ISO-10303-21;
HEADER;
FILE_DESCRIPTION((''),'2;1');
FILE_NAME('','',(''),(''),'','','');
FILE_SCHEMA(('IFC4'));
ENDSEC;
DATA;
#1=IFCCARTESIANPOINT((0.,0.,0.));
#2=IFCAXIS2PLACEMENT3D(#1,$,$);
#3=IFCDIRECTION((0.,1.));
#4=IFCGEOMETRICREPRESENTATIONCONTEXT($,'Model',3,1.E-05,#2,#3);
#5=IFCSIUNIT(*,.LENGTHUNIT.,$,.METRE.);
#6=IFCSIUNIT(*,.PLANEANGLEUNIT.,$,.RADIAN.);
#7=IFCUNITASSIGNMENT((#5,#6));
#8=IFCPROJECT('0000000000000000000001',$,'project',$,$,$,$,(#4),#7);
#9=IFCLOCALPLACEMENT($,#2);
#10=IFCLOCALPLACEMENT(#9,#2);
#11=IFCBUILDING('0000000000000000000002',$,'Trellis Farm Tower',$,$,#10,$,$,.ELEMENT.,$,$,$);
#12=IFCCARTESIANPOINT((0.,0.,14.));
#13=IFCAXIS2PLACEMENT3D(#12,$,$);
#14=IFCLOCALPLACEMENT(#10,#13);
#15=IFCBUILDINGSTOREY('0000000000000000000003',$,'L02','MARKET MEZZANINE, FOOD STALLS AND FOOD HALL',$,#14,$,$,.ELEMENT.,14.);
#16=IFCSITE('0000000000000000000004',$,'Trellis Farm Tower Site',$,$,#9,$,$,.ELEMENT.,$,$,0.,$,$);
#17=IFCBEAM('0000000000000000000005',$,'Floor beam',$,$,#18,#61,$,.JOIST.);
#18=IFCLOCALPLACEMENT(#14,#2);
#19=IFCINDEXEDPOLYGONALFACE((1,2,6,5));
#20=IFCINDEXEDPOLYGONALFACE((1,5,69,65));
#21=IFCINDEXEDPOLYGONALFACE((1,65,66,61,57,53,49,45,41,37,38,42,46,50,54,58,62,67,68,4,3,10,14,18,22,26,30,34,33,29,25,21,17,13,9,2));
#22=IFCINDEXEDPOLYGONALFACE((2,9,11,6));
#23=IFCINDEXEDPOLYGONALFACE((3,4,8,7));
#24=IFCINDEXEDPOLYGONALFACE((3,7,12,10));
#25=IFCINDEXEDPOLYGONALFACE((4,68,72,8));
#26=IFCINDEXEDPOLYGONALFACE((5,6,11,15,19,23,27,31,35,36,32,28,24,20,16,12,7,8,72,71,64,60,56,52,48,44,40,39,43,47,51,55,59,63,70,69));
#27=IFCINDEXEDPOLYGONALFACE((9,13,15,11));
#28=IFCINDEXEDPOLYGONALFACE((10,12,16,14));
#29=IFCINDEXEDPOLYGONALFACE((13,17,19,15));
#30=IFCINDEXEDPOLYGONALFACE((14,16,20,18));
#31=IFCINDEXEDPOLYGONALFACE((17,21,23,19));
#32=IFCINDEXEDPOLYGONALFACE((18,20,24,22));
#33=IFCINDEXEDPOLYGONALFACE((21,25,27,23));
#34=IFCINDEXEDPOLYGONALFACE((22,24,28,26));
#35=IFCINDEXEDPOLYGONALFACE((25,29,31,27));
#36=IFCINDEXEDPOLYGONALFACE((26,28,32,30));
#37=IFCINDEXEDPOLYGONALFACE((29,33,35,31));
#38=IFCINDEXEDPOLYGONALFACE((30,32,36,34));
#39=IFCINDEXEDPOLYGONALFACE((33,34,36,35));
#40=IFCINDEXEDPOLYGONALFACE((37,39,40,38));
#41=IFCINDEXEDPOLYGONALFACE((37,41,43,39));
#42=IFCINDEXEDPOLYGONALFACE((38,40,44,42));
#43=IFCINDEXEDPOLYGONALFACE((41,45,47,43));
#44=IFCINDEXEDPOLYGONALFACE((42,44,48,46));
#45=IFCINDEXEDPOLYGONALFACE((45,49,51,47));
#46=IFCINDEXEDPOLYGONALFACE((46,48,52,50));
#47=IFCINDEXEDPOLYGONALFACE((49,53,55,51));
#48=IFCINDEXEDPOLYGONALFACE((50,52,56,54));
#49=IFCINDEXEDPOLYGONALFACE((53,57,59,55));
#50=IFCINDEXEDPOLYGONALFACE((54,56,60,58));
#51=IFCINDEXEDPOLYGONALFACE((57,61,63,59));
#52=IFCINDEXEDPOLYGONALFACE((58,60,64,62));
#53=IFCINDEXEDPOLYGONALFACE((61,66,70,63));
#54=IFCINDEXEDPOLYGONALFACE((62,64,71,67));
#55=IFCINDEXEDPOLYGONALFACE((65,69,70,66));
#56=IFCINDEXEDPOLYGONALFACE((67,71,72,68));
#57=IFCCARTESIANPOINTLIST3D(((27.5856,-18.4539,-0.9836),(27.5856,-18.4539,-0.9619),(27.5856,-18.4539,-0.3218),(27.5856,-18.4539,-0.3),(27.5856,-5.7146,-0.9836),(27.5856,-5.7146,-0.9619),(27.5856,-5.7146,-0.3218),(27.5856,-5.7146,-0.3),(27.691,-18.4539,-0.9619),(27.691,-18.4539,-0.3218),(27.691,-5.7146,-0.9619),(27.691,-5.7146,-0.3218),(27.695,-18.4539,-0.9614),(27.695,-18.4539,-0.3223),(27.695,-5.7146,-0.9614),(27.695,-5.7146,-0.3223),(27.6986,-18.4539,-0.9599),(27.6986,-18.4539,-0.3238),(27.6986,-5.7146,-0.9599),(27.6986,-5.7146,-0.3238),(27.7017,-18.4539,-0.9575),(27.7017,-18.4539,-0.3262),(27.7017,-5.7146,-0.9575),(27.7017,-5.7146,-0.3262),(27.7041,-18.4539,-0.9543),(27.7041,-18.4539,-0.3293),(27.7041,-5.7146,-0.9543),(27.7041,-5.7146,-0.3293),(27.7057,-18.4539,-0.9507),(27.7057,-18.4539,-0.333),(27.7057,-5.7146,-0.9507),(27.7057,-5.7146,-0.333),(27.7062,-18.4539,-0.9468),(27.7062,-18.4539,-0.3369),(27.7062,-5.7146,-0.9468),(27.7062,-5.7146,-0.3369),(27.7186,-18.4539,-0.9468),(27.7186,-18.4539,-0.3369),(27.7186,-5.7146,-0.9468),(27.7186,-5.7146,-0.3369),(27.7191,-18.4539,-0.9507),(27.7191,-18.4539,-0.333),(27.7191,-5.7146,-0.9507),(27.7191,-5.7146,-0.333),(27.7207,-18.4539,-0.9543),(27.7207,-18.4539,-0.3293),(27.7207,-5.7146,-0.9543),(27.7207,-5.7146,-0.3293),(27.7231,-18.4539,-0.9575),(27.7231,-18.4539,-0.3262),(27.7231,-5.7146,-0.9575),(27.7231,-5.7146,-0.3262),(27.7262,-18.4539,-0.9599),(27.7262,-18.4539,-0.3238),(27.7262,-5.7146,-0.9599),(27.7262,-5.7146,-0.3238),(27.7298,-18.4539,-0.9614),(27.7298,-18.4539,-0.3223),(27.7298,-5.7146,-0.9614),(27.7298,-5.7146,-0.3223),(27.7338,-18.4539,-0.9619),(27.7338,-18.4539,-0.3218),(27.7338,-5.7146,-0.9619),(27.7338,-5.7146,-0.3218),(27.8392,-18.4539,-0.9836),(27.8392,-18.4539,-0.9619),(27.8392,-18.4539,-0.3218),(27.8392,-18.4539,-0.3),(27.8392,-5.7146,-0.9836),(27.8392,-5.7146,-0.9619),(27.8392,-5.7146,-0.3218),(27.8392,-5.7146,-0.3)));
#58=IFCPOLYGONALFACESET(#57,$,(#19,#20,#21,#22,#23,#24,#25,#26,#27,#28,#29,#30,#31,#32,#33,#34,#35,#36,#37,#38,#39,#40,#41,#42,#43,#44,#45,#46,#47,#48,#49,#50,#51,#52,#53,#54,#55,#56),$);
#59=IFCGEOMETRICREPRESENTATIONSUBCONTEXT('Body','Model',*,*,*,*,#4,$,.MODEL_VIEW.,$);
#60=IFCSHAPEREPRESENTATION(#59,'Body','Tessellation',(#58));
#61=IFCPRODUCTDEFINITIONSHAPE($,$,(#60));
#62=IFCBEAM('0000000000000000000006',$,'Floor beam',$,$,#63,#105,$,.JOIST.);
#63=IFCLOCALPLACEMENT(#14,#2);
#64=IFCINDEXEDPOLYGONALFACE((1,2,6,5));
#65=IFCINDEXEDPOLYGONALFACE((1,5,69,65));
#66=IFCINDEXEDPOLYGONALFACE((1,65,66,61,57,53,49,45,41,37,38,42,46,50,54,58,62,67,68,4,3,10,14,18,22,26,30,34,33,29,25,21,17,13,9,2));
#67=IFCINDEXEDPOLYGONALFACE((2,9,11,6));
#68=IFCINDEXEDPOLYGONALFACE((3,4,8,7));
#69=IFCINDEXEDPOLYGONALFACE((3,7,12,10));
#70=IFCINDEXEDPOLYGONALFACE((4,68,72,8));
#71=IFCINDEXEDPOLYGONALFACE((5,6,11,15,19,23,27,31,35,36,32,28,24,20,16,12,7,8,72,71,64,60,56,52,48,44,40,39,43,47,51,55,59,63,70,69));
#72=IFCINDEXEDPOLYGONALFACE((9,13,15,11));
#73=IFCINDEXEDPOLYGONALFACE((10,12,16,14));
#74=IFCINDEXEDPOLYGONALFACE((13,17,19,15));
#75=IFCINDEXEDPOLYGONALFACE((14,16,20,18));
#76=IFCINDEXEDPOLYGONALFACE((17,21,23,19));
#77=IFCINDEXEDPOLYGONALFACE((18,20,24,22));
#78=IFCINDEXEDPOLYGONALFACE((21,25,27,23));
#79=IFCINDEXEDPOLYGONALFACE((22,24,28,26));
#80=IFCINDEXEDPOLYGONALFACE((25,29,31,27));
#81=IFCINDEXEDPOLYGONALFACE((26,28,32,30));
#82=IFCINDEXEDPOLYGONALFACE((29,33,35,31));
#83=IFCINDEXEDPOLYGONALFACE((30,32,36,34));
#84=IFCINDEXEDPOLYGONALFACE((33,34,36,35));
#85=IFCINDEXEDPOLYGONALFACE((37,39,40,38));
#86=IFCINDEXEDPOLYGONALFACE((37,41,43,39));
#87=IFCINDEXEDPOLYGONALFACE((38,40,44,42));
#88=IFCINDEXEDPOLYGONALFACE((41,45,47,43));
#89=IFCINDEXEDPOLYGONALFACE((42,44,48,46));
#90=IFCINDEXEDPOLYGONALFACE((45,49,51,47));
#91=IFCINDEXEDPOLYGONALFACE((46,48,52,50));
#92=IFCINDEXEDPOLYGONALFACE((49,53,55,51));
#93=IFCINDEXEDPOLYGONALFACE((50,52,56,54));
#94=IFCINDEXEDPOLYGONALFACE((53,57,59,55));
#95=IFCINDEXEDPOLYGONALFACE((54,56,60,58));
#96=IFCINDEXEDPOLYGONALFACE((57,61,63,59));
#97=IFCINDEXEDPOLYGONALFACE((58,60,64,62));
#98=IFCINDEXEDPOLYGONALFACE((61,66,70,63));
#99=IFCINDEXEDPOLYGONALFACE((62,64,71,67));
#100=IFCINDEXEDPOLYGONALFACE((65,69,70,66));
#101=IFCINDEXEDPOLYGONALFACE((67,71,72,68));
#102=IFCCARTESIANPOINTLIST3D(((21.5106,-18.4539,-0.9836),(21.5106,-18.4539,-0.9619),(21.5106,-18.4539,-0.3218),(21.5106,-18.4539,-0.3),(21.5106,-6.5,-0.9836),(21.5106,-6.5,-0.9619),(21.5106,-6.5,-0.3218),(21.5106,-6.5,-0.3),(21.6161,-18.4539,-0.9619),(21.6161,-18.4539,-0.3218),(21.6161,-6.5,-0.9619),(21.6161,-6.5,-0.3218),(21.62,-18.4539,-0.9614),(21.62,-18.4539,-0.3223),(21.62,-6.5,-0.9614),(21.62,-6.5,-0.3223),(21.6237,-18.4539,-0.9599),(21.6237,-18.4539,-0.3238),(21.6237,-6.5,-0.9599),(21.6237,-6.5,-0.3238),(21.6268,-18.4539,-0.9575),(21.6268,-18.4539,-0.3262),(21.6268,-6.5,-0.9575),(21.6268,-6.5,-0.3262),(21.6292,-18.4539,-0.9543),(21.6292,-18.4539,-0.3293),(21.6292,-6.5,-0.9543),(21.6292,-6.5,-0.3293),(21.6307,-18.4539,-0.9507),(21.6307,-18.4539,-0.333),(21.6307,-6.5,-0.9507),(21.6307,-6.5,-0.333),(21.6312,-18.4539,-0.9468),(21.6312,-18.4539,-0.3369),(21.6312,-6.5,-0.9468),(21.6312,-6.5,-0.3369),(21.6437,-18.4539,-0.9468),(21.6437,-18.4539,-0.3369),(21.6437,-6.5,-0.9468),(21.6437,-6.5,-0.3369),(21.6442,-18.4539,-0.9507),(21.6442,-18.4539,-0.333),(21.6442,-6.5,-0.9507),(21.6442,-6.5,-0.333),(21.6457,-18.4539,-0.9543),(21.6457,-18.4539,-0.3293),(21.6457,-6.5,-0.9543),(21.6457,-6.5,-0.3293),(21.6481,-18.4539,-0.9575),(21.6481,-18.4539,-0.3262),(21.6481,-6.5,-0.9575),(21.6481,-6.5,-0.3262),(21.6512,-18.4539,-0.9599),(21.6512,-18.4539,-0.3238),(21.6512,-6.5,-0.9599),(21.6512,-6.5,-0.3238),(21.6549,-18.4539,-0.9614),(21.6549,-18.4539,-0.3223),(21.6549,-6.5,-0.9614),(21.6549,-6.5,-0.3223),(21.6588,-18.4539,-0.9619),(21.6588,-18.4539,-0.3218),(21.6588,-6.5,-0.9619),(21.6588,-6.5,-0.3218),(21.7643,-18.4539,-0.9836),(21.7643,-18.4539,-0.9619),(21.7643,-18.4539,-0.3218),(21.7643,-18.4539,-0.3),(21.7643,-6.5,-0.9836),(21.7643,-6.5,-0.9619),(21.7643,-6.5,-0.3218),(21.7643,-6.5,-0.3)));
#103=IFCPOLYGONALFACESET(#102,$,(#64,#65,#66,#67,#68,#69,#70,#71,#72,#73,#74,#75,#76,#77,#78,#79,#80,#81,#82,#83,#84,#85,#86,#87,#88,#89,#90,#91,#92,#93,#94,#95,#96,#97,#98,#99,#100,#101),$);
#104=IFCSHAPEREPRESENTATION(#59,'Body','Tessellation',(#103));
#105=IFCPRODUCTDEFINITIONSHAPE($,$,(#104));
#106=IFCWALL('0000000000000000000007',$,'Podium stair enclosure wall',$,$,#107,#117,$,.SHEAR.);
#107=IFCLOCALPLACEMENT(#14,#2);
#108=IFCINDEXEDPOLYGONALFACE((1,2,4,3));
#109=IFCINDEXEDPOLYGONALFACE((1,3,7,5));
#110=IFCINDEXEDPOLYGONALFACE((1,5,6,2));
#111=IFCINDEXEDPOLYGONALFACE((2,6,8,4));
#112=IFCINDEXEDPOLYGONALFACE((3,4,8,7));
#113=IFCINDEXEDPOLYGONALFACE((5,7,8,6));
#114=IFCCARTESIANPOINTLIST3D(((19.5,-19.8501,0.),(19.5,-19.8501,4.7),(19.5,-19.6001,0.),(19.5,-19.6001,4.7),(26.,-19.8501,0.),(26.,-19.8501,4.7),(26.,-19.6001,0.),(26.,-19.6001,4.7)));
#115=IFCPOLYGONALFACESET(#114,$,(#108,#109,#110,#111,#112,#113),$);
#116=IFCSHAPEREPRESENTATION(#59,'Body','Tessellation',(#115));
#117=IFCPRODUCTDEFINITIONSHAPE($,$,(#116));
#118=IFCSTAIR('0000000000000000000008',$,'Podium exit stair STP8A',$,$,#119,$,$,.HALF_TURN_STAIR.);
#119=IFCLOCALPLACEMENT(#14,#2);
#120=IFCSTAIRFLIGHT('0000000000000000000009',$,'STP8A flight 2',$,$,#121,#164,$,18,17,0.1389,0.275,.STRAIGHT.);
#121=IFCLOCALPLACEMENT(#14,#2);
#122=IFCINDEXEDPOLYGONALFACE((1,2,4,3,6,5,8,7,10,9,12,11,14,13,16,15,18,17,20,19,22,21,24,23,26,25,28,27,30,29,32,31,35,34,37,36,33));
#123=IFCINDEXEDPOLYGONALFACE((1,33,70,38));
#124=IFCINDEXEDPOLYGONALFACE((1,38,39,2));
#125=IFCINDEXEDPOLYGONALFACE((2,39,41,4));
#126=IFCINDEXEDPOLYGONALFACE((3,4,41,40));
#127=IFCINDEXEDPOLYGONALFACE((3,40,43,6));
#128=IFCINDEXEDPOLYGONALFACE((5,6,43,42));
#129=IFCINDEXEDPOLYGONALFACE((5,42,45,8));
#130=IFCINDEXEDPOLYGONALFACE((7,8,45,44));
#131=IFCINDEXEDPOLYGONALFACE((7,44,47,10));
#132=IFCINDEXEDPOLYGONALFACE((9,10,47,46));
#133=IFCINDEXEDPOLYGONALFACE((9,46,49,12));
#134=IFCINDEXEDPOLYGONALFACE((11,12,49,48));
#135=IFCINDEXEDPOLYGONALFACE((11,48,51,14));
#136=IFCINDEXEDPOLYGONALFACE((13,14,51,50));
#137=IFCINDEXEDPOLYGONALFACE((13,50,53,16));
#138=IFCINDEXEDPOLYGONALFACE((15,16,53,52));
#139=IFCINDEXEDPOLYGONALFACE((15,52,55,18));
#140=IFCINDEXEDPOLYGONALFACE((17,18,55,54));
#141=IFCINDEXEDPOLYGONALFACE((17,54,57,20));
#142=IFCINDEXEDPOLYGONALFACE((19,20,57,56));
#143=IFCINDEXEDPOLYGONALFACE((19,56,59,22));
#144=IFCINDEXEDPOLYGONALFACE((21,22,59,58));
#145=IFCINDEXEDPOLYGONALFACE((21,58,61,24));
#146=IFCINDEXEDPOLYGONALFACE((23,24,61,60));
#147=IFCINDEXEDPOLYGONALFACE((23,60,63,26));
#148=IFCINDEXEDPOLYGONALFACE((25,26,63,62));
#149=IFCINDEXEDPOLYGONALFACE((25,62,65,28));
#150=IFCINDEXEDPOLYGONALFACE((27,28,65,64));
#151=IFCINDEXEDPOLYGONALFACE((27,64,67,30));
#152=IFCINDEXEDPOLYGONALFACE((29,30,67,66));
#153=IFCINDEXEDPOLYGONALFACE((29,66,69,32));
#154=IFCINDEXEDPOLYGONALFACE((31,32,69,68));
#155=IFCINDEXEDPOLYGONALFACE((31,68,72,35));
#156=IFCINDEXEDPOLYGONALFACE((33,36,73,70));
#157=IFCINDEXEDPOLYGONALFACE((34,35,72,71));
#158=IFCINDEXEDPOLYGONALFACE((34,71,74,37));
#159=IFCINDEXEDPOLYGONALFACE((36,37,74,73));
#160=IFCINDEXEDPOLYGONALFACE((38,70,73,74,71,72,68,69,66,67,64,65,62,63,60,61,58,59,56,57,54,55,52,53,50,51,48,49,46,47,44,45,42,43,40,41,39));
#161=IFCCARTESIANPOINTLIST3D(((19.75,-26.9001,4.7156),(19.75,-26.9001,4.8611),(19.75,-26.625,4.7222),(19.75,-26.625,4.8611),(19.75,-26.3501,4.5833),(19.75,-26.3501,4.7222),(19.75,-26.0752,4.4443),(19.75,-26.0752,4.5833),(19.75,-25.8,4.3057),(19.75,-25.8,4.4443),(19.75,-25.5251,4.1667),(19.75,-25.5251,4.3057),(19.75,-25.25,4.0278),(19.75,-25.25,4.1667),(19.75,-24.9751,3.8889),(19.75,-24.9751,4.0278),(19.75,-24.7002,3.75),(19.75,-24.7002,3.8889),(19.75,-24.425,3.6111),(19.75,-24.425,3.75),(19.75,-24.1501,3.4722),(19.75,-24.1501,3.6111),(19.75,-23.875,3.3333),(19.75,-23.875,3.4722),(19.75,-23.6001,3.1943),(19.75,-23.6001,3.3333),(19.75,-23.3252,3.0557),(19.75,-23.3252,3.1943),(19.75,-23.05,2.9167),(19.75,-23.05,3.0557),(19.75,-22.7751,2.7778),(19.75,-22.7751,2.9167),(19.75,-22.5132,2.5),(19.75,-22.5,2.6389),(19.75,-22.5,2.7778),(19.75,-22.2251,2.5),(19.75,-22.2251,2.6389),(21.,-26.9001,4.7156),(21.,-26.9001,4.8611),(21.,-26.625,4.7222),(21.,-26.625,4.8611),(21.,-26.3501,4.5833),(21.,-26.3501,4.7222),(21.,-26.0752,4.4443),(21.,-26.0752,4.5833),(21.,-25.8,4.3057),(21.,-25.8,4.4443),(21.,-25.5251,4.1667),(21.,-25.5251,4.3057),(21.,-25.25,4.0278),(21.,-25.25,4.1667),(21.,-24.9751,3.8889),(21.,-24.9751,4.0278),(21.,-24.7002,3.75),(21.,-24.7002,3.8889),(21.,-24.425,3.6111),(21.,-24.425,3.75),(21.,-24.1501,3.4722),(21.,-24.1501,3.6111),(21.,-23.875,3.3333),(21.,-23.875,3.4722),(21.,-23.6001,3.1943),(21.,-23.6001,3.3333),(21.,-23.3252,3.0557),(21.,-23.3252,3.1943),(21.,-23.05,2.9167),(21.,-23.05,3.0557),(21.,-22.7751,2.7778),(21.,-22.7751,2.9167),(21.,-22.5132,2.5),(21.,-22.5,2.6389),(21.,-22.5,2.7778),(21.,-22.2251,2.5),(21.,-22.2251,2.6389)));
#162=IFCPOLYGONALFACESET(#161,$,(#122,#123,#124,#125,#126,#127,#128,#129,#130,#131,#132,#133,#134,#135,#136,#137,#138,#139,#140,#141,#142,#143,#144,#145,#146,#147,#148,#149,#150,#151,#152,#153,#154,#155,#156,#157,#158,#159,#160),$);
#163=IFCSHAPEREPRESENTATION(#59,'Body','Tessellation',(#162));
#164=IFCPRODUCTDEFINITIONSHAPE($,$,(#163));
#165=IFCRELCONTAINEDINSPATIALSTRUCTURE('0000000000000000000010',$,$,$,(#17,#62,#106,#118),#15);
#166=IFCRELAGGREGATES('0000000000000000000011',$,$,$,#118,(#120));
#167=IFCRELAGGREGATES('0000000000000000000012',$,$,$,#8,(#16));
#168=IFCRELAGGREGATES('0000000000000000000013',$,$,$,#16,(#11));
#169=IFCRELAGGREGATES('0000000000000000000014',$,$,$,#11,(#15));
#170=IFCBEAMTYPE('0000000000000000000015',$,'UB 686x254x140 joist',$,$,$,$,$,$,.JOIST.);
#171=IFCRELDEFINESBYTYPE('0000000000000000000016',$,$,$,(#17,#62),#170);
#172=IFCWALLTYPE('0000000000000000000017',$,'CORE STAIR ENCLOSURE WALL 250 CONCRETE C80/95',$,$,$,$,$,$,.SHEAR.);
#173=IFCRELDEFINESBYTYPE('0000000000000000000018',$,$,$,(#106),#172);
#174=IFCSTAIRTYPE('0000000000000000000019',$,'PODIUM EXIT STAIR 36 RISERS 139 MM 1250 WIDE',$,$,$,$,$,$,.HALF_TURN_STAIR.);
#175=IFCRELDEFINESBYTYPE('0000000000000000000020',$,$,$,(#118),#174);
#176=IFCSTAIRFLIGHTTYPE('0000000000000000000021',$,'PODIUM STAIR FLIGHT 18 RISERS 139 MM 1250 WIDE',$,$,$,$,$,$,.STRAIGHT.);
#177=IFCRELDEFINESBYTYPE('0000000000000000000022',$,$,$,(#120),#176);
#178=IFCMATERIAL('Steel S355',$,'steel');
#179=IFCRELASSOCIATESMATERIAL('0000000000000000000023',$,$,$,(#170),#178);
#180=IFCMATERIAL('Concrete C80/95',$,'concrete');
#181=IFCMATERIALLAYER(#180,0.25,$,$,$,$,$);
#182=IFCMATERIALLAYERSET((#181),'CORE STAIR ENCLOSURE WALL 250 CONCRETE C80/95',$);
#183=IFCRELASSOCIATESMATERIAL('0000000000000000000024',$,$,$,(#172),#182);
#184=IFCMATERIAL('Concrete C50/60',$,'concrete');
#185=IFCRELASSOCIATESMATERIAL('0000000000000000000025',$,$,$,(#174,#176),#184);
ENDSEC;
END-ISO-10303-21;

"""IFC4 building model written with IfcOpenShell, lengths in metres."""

from ifc_helpers import new_model, si_unit, direction, frame, frame_2d, origin, origin_2d, place, context, subcontext, project, spatial, polyline, rectangle, i_section, outline, extrude, source, transform, mapped, material, layer, layer_set, material_profile, profile_set, type_object, element, aggregate, save


model = new_model("IFC4")

# Units and contexts
model_context = context("Model", 3, precision=1e-05, world=origin(), true_north=direction((0.0, 1.0)))
body_context = subcontext(model_context, "Body", "Model", "MODEL_VIEW")
ifc_project = project(units=[si_unit("LENGTHUNIT", "METRE"), si_unit("PLANEANGLEUNIT", "RADIAN")], contexts=[model_context])

# Site, building, storey
site_placement = place(None, origin())
site = spatial("IfcSite", under=ifc_project, at=site_placement, Name="Trellis Farm Tower Site", CompositionType="ELEMENT", RefElevation=0.0)
building_placement = place(site_placement, origin())
building = spatial("IfcBuilding", under=site, at=building_placement, Name="Trellis Farm Tower", CompositionType="ELEMENT")
storey_placement = place(building_placement, frame((0.0, 0.0, 14.0)))
storey = spatial("IfcBuildingStorey", under=building, at=storey_placement, Name="L02", Description="MARKET MEZZANINE, FOOD STALLS AND FOOD HALL", CompositionType="ELEMENT", Elevation=14.0)

# Beams
ifc_material_1 = material(Name="Steel S355", Category="steel")
ifc_material_profile_1 = material_profile(ifc_material_1, i_section(OverallWidth=0.2537, OverallDepth=0.6836, WebThickness=0.0125, FlangeThickness=0.0217, FilletRadius=0.0151, at=origin_2d()), Name="UB 686x254x140")
ifc_profile_set_1 = profile_set([ifc_material_profile_1], Name="Steel S355")
beam_type_1 = type_object("IfcBeamType", Name="UB 686x254x140 joist", PredefinedType="JOIST", material=ifc_profile_set_1)
shared_shape_1 = source(origin(), body_context, "Body", "SweptSolid", [
    extrude(i_section(OverallWidth=0.2537, OverallDepth=0.6836, WebThickness=0.0125, FlangeThickness=0.0217, FilletRadius=0.0151, at=origin_2d()), origin(), (0.0, 0.0, 1.0), 12.7393),
])
for number, where, z_axis, x_axis, name in (
    (1, (27.7124, -18.4539, -0.6418), (0.0, 1.0, 0.0), (-1.0, 0.0, 0.0), "Floor beam"),
):
    element("IfcBeam", number, at=place(storey_placement, frame(where, z_axis=z_axis, x_axis=x_axis)), inside=storey, type_object=beam_type_1, Name=name, PredefinedType="JOIST", context=body_context, shape_type="MappedRepresentation", body=[
        mapped(shared_shape_1, transform((0.0, 0.0, 0.0))),
    ])
shared_shape_2 = source(origin(), body_context, "Body", "SweptSolid", [
    extrude(i_section(OverallWidth=0.2537, OverallDepth=0.6836, WebThickness=0.0125, FlangeThickness=0.0217, FilletRadius=0.0151, at=origin_2d()), origin(), (0.0, 0.0, 1.0), 11.9539),
])
beam_1_placement = place(storey_placement, frame((21.6375, -18.4539, -0.6418), z_axis=(0.0, 1.0, 0.0), x_axis=(-1.0, 0.0, 0.0)))
element("IfcBeam", 2, at=beam_1_placement, inside=storey, type_object=beam_type_1, Name="Floor beam", PredefinedType="JOIST", context=body_context, shape_type="MappedRepresentation", body=[
    mapped(shared_shape_2, transform((0.0, 0.0, 0.0))),
])

# Wall
ifc_material_2 = material(Name="Concrete C80/95", Category="concrete")
ifc_layer = layer(ifc_material_2, 0.25)
ifc_layer_set = layer_set([ifc_layer], Name="CORE STAIR ENCLOSURE WALL 250 CONCRETE C80/95")
wall_type = type_object("IfcWallType", Name="CORE STAIR ENCLOSURE WALL 250 CONCRETE C80/95", PredefinedType="SHEAR", material=ifc_layer_set)
shared_shape_3 = source(origin(), body_context, "Body", "SweptSolid", [
    extrude(rectangle(XDim=6.5, YDim=0.25, at=frame_2d((3.25, 0.0))), origin(), (0.0, 0.0, 1.0), 4.7),
])
wall_placement = place(storey_placement, frame((19.5, -19.7251, 0.0), z_axis=(0.0, 0.0, 1.0), x_axis=(1.0, 0.0, 0.0)))
element("IfcWall", 3, at=wall_placement, inside=storey, type_object=wall_type, Name="Podium stair enclosure wall", PredefinedType="SHEAR", context=body_context, shape_type="MappedRepresentation", body=[
    mapped(shared_shape_3, transform((0.0, 0.0, 0.0))),
])

# Stair, stair flight
ifc_material_3 = material(Name="Concrete C50/60", Category="concrete")
stair_type = type_object("IfcStairType", Name="PODIUM EXIT STAIR 36 RISERS 139 MM 1250 WIDE", PredefinedType="HALF_TURN_STAIR", material=ifc_material_3)
placement = place(storey_placement, origin())
stair_1 = element("IfcStair", 4, at=placement, inside=storey, type_object=stair_type, Name="Podium exit stair STP8A", PredefinedType="HALF_TURN_STAIR")
stair_flight_type = type_object("IfcStairFlightType", Name="PODIUM STAIR FLIGHT 18 RISERS 139 MM 1250 WIDE", PredefinedType="STRAIGHT", material=ifc_material_3)
shared_shape_4 = source(origin(), body_context, "Body", "SweptSolid", [
    extrude(outline(polyline([(0.0, 0.0), (0.0, 0.1389), (0.2749, 0.1389), (0.2749, 0.2778), (0.55, 0.2778), (0.55, 0.4167), (0.825, 0.4167), (0.825, 0.5557), (1.1001, 0.5557), (1.1001, 0.6943), (1.375, 0.6943), (1.375, 0.8333), (1.6499, 0.8333), (1.6499, 0.9722), (1.925, 0.9722), (1.925, 1.1111), (2.2, 1.1111), (2.2, 1.25), (2.4751, 1.25), (2.4751, 1.3889), (2.75, 1.3889), (2.75, 1.5278), (3.0249, 1.5278), (3.0249, 1.6667), (3.3, 1.6667), (3.3, 1.8057), (3.575, 1.8057), (3.575, 1.9443), (3.8501, 1.9443), (3.8501, 2.0833), (4.125, 2.0833), (4.125, 2.2222), (4.3999, 2.2222), (4.3999, 2.3611), (4.675, 2.3611), (4.675, 2.5), (4.675, 2.2156), (0.2881, 0.0), (0.0, 0.0)])), frame((0.0, 0.625, 0.0), z_axis=(0.0, -1.0, 0.0), x_axis=(1.0, 0.0, 0.0)), (0.0, 0.0, 1.0), 1.25),
])
stair_flight_1_placement = place(storey_placement, frame((20.375, -22.2251, 2.5), z_axis=(0.0, 0.0, 1.0), x_axis=(0.0, -1.0, 0.0)))
stair_flight_1 = element("IfcStairFlight", 5, at=stair_flight_1_placement, type_object=stair_flight_type, Name="STP8A flight 2", NumberOfRisers=18, NumberOfTreads=17, PredefinedType="STRAIGHT", RiserHeight=0.1389, TreadLength=0.275, context=body_context, shape_type="MappedRepresentation", body=[
    mapped(shared_shape_4, transform((0.0, 0.0, 0.0))),
])
aggregate(stair_1, [stair_flight_1])

save(model, "model.ifc")
